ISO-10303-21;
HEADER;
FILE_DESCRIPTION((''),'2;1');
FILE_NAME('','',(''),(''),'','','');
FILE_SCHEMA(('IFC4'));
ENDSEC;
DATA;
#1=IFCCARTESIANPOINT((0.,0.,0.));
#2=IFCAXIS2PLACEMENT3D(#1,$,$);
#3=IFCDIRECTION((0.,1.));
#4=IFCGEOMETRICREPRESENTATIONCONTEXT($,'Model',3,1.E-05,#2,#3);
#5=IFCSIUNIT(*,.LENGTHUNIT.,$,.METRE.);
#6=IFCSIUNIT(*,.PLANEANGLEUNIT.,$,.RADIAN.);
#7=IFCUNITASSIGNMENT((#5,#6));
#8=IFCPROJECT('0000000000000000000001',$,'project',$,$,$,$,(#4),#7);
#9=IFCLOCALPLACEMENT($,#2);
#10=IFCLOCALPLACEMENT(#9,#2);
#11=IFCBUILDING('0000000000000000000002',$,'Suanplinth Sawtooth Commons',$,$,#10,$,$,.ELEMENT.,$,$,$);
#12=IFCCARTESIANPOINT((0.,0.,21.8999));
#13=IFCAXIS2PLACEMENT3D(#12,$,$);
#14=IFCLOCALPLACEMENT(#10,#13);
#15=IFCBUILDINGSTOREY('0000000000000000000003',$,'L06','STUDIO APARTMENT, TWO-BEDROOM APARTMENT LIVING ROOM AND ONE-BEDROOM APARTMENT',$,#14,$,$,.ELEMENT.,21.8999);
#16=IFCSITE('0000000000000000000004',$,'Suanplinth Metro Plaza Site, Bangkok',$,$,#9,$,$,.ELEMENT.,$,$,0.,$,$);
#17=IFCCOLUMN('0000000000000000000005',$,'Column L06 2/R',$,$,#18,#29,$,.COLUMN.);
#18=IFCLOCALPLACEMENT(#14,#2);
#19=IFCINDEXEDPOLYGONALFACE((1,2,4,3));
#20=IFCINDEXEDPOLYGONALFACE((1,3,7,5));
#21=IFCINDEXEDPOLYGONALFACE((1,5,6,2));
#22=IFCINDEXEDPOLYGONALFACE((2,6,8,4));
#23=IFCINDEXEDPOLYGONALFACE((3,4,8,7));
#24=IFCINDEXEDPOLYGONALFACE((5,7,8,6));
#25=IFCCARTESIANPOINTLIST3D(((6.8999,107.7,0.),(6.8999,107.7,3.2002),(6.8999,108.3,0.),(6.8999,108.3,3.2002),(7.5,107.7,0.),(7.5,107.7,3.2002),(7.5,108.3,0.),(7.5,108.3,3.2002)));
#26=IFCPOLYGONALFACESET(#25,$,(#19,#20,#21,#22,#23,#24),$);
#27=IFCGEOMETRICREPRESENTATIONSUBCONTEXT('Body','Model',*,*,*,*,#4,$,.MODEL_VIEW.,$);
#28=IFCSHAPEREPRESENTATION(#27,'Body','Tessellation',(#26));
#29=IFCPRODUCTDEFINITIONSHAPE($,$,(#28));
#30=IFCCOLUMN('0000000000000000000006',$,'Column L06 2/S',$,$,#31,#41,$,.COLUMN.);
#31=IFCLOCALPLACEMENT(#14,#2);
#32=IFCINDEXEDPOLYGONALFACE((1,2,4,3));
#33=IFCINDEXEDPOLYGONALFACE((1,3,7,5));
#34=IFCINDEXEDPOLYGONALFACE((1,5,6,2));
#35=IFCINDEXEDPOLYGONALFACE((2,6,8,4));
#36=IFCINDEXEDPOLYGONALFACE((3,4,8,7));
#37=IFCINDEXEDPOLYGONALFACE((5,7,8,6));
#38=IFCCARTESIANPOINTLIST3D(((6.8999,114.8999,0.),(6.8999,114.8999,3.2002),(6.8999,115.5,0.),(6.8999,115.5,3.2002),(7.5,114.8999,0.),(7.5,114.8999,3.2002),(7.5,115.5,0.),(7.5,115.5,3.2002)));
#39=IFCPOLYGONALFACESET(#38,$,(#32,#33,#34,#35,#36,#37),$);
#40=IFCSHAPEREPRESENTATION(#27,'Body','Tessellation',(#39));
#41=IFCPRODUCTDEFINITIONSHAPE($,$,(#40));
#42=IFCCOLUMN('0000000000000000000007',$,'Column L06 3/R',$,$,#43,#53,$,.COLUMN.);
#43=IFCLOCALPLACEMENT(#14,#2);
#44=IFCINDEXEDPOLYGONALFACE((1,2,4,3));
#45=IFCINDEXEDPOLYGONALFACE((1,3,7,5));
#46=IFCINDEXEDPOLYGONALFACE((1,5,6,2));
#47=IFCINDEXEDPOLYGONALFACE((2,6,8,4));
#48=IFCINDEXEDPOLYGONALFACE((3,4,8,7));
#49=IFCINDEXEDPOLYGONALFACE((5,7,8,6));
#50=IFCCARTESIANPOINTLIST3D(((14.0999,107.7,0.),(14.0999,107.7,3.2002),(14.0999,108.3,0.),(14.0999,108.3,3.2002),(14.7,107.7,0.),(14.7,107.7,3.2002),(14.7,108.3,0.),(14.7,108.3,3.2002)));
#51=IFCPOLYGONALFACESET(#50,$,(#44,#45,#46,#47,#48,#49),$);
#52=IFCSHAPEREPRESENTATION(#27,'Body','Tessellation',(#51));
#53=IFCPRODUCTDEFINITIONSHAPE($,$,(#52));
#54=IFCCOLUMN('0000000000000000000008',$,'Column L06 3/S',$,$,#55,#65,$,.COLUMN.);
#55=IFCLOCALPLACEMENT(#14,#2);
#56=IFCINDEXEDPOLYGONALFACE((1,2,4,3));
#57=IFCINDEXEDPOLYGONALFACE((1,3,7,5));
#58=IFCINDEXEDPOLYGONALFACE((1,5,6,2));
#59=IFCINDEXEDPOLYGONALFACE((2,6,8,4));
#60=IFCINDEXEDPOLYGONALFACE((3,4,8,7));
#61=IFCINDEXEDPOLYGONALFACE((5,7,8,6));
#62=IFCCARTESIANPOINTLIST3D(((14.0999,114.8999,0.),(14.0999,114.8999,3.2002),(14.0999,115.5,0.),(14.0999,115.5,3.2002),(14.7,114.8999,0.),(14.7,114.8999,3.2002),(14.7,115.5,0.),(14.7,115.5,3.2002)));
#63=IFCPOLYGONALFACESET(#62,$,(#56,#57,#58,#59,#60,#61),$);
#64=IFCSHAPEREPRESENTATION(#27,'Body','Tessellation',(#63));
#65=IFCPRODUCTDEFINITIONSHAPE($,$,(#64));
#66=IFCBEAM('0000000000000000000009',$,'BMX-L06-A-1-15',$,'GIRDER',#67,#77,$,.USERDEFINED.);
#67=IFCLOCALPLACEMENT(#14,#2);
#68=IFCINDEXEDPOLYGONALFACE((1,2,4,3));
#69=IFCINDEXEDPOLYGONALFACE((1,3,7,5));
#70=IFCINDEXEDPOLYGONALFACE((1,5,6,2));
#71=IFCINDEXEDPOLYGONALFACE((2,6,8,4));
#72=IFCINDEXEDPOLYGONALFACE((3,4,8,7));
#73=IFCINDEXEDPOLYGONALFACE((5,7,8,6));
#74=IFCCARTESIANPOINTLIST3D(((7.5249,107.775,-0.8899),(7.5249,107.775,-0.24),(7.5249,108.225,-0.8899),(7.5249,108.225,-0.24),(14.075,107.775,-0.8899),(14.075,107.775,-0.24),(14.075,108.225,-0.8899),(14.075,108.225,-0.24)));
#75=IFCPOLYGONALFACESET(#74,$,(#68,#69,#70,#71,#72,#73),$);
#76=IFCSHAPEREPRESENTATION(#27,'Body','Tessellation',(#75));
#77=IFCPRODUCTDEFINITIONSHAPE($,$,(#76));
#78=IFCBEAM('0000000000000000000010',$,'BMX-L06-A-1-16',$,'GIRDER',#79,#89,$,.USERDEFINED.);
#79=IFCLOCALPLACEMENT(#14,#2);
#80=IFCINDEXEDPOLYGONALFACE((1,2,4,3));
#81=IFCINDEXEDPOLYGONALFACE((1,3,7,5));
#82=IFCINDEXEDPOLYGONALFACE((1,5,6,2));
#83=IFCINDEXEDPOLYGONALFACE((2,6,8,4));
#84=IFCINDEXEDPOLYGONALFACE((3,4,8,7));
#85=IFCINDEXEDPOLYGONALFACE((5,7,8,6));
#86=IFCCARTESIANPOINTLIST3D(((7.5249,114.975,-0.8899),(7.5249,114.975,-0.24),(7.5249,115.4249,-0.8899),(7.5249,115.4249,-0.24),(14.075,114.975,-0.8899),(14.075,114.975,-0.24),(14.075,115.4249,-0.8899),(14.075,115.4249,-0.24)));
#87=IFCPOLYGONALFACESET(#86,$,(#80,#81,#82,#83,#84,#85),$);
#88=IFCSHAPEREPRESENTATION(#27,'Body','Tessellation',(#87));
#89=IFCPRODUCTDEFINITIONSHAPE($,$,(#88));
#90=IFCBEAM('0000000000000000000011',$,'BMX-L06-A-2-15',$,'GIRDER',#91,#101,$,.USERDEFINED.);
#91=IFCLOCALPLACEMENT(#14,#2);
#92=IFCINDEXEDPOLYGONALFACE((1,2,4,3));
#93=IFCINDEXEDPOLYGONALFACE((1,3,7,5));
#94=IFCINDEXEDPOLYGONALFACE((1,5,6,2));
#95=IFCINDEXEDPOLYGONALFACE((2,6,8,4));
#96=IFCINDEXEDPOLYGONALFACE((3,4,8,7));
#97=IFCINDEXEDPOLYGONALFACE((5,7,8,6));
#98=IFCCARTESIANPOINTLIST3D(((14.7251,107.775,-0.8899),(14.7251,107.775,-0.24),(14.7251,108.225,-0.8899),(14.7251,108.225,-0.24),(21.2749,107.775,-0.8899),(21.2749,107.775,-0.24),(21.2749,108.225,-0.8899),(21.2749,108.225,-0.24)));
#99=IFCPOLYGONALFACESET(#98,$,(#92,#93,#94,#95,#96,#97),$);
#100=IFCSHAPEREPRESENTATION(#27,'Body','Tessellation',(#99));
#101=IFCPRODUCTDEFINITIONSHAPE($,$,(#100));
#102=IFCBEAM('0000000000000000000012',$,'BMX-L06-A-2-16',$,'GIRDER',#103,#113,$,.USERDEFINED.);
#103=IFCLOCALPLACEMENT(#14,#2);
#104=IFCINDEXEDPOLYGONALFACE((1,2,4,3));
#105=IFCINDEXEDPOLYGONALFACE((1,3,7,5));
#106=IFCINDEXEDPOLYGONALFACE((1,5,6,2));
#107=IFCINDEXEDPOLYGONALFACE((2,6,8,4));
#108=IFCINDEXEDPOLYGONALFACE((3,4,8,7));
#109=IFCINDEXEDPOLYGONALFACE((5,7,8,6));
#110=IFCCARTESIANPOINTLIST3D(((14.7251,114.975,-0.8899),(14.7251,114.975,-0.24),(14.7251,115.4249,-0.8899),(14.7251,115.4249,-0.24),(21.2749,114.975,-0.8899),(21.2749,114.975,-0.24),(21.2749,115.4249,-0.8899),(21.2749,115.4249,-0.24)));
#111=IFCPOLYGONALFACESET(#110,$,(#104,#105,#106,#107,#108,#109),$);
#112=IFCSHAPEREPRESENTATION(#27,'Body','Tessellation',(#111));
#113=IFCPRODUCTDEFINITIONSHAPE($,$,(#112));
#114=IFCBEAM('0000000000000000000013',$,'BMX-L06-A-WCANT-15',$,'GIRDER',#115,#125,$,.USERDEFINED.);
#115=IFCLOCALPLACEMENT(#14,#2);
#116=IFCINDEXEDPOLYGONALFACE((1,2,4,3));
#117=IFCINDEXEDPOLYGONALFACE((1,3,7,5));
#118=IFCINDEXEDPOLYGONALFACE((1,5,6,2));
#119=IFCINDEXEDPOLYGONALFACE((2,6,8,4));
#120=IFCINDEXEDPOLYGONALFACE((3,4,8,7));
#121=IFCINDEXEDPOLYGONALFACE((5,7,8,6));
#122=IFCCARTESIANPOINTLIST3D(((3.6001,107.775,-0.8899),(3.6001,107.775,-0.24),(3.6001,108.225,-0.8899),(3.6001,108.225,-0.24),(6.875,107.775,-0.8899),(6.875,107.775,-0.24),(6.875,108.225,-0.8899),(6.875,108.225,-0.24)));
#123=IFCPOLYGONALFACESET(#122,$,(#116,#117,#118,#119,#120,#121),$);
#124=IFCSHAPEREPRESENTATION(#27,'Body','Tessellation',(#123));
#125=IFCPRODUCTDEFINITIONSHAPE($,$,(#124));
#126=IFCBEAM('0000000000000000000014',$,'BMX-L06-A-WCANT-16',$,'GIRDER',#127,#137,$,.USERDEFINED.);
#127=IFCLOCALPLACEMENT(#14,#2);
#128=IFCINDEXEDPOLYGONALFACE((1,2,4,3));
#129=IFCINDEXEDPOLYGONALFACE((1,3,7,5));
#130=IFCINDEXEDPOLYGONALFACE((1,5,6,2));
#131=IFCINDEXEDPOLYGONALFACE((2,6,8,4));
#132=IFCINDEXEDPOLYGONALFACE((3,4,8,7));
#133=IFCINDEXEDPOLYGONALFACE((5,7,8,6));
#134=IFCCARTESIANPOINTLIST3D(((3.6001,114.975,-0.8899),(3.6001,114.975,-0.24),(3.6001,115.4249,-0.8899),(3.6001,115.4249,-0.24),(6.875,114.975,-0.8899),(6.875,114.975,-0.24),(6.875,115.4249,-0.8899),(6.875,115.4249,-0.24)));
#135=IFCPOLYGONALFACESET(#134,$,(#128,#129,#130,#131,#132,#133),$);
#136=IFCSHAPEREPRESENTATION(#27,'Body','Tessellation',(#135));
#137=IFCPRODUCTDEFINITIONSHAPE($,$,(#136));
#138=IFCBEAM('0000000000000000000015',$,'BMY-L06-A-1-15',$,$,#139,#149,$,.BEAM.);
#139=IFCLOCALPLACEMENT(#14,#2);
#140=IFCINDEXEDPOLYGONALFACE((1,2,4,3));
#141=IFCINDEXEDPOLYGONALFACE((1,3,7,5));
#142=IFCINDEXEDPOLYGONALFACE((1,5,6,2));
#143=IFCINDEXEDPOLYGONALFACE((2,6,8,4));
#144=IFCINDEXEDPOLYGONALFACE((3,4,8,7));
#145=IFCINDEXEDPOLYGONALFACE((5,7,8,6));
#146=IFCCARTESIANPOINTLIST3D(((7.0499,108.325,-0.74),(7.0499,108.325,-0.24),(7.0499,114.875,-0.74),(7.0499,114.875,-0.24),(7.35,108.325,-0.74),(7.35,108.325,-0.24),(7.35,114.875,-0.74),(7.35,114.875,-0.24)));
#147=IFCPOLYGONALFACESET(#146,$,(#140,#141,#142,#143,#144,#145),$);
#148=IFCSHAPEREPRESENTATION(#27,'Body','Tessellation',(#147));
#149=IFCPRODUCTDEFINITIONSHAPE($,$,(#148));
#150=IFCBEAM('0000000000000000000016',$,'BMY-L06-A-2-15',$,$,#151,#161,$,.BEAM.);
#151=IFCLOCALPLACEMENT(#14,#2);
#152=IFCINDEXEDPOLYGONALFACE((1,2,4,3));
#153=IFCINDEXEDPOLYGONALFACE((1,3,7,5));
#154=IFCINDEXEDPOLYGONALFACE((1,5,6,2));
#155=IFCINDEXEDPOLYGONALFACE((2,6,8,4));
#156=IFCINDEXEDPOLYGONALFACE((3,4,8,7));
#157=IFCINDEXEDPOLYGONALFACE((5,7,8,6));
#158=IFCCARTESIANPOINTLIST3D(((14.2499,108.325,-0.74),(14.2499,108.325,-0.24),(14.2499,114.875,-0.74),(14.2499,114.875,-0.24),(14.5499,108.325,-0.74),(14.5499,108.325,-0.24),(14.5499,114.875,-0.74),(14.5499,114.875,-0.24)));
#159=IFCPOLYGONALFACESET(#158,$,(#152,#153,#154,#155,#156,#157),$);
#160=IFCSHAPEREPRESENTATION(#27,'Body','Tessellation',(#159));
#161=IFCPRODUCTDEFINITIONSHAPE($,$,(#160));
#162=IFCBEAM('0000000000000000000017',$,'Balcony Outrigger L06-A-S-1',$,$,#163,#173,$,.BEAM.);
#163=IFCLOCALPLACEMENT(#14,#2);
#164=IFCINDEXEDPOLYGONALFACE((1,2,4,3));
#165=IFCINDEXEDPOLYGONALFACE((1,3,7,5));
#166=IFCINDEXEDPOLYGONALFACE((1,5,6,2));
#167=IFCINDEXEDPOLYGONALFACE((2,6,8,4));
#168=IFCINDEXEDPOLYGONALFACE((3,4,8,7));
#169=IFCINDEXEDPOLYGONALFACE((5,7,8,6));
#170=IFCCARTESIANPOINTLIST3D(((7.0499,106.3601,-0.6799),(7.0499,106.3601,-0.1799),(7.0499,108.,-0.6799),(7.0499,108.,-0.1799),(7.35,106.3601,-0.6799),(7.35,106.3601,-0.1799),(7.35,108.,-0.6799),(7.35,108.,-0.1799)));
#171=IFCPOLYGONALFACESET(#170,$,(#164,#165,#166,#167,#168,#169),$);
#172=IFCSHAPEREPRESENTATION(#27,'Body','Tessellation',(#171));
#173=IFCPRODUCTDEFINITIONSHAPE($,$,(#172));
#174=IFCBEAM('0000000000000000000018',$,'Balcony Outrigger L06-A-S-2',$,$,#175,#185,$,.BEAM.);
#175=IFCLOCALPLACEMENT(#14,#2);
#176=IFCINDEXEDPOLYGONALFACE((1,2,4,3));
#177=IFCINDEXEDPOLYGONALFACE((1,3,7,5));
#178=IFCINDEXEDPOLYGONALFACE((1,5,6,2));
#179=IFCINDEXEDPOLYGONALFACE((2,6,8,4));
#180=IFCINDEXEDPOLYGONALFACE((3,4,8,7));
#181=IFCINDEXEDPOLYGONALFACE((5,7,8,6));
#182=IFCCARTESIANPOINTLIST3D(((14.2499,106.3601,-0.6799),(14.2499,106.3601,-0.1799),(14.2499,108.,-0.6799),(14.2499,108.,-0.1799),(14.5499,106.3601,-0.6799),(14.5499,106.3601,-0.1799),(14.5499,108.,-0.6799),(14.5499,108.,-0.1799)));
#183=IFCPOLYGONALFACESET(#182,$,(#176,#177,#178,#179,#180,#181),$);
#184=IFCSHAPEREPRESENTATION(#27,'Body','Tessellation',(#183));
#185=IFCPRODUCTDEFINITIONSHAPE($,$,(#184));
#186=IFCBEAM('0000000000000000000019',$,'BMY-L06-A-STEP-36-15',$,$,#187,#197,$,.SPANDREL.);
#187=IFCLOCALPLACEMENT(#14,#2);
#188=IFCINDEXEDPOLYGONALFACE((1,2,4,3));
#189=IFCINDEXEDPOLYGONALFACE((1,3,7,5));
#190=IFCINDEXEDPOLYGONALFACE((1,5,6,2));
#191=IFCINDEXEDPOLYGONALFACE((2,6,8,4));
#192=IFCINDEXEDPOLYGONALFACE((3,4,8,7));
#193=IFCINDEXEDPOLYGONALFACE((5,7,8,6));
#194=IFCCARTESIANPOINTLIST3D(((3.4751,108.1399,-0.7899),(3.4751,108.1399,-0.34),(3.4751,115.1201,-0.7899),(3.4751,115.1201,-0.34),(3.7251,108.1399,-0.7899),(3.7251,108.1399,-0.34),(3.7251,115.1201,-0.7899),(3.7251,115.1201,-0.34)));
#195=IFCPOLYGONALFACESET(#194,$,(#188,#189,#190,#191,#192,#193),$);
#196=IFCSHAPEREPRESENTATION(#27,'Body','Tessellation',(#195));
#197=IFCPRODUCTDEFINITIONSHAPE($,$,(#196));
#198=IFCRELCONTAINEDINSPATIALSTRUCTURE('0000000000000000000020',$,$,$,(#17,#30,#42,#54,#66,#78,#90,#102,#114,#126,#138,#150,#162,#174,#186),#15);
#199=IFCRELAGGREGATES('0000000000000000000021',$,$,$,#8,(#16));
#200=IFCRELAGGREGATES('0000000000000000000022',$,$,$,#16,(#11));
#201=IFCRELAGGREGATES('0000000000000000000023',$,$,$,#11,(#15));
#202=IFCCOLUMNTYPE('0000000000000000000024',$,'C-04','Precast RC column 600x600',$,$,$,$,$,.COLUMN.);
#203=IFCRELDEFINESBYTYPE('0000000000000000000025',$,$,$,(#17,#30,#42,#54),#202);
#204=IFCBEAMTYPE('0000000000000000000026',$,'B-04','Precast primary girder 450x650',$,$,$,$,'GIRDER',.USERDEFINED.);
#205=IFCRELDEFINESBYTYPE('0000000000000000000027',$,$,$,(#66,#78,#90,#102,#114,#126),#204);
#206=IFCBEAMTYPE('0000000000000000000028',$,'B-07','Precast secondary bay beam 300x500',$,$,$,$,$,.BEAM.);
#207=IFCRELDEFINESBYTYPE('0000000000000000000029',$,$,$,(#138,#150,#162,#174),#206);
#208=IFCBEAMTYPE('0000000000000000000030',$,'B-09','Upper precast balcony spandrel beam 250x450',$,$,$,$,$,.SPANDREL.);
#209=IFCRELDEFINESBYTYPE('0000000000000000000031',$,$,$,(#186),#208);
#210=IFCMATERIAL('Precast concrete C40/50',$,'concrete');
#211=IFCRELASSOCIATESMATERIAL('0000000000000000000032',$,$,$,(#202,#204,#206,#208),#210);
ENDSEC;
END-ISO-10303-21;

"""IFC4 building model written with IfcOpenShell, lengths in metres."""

from ifc_helpers import new_model, si_unit, direction, frame, origin, origin_2d, place, context, subcontext, project, spatial, rectangle, extrude, material, material_profile, profile_set, type_object, element, save


model = new_model("IFC4")

# Units and contexts
model_context = context("Model", 3, precision=1e-05, world=origin(), true_north=direction((0.0, 1.0)))
body_context = subcontext(model_context, "Body", "Model", "MODEL_VIEW")
ifc_project = project(units=[si_unit("LENGTHUNIT", "METRE"), si_unit("PLANEANGLEUNIT", "RADIAN")], contexts=[model_context])

# Site, building, storey
site_placement = place(None, origin())
site = spatial("IfcSite", under=ifc_project, at=site_placement, Name="Suanplinth Metro Plaza Site, Bangkok", CompositionType="ELEMENT", RefElevation=0.0)
building_placement = place(site_placement, origin())
building = spatial("IfcBuilding", under=site, at=building_placement, Name="Suanplinth Sawtooth Commons", CompositionType="ELEMENT")
storey_placement = place(building_placement, frame((0.0, 0.0, 21.8999)))
storey = spatial("IfcBuildingStorey", under=building, at=storey_placement, Name="L06", Description="STUDIO APARTMENT, TWO-BEDROOM APARTMENT LIVING ROOM AND ONE-BEDROOM APARTMENT", CompositionType="ELEMENT", Elevation=21.8999)

# Columns
ifc_material_1 = material(Name="Precast concrete C40/50", Category="concrete")
ifc_material_profile_1 = material_profile(ifc_material_1, rectangle(XDim=0.6001, YDim=0.6001, at=origin_2d()), Name="PC-COL 600x600")
ifc_profile_set_1 = profile_set([ifc_material_profile_1], Name="Precast concrete C40/50")
column_type = type_object("IfcColumnType", Name="C-04", Description="Precast RC column 600x600", PredefinedType="COLUMN", material=ifc_profile_set_1)
for number, where, z_axis, x_axis, name in (
    (1, (7.2, 108.0, 0.0), (0.0, 0.0, 1.0), (1.0, 0.0, 0.0), "Column L06 2/R"),
    (2, (7.2, 115.2, 0.0), (0.0, 0.0, 1.0), (1.0, 0.0, 0.0), "Column L06 2/S"),
    (3, (14.3999, 108.0, 0.0), (0.0, 0.0, 1.0), (1.0, 0.0, 0.0), "Column L06 3/R"),
    (4, (14.3999, 115.2, 0.0), (0.0, 0.0, 1.0), (1.0, 0.0, 0.0), "Column L06 3/S"),
):
    element("IfcColumn", number, at=place(storey_placement, frame(where, z_axis=z_axis, x_axis=x_axis)), inside=storey, type_object=column_type, Name=name, PredefinedType="COLUMN", context=body_context, shape_type="SweptSolid", body=[
        extrude(rectangle(XDim=0.6001, YDim=0.6001, at=origin_2d()), origin(), (0.0, 0.0, 1.0), 3.2002),
    ])

# Beams
ifc_material_profile_2 = material_profile(ifc_material_1, rectangle(XDim=0.45, YDim=0.6499, at=origin_2d()), Name="PC-GDR 450x650")
ifc_profile_set_2 = profile_set([ifc_material_profile_2], Name="Precast concrete C40/50")
beam_type_1 = type_object("IfcBeamType", Name="B-04", Description="Precast primary girder 450x650", ElementType="GIRDER", PredefinedType="USERDEFINED", material=ifc_profile_set_2)
for number, where, z_axis, x_axis, name in (
    (5, (7.5249, 108.0, -0.5649), (1.0, 0.0, 0.0), (0.0, 1.0, 0.0), "BMX-L06-A-1-15"),
    (6, (7.5249, 115.2, -0.5649), (1.0, 0.0, 0.0), (0.0, 1.0, 0.0), "BMX-L06-A-1-16"),
):
    element("IfcBeam", number, at=place(storey_placement, frame(where, z_axis=z_axis, x_axis=x_axis)), inside=storey, type_object=beam_type_1, Name=name, ObjectType="GIRDER", PredefinedType="USERDEFINED", context=body_context, shape_type="SweptSolid", body=[
        extrude(rectangle(XDim=0.45, YDim=0.6499, at=origin_2d()), origin(), (0.0, 0.0, 1.0), 6.55),
    ])
for number, where, z_axis, x_axis, name in (
    (7, (14.7251, 108.0, -0.5649), (1.0, 0.0, 0.0), (0.0, 1.0, 0.0), "BMX-L06-A-2-15"),
    (8, (14.7251, 115.2, -0.5649), (1.0, 0.0, 0.0), (0.0, 1.0, 0.0), "BMX-L06-A-2-16"),
):
    element("IfcBeam", number, at=place(storey_placement, frame(where, z_axis=z_axis, x_axis=x_axis)), inside=storey, type_object=beam_type_1, Name=name, ObjectType="GIRDER", PredefinedType="USERDEFINED", context=body_context, shape_type="SweptSolid", body=[
        extrude(rectangle(XDim=0.45, YDim=0.6499, at=origin_2d()), origin(), (0.0, 0.0, 1.0), 6.5498),
    ])
for number, where, z_axis, x_axis, name in (
    (9, (6.875, 108.0, -0.5649), (-1.0, 0.0, 0.0), (0.0, -1.0, 0.0), "BMX-L06-A-WCANT-15"),
    (10, (6.875, 115.2, -0.5649), (-1.0, 0.0, 0.0), (0.0, -1.0, 0.0), "BMX-L06-A-WCANT-16"),
):
    element("IfcBeam", number, at=place(storey_placement, frame(where, z_axis=z_axis, x_axis=x_axis)), inside=storey, type_object=beam_type_1, Name=name, ObjectType="GIRDER", PredefinedType="USERDEFINED", context=body_context, shape_type="SweptSolid", body=[
        extrude(rectangle(XDim=0.45, YDim=0.6499, at=origin_2d()), origin(), (0.0, 0.0, 1.0), 3.2749),
    ])
ifc_material_profile_3 = material_profile(ifc_material_1, rectangle(XDim=0.3, YDim=0.5, at=origin_2d()), Name="PC-BM 300x500")
ifc_profile_set_3 = profile_set([ifc_material_profile_3], Name="Precast concrete C40/50")
beam_type_2 = type_object("IfcBeamType", Name="B-07", Description="Precast secondary bay beam 300x500", PredefinedType="BEAM", material=ifc_profile_set_3)
for number, where, z_axis, x_axis, name in (
    (11, (7.2, 108.325, -0.49), (0.0, 1.0, 0.0), (-1.0, 0.0, 0.0), "BMY-L06-A-1-15"),
    (12, (14.3999, 108.325, -0.49), (0.0, 1.0, 0.0), (-1.0, 0.0, 0.0), "BMY-L06-A-2-15"),
):
    element("IfcBeam", number, at=place(storey_placement, frame(where, z_axis=z_axis, x_axis=x_axis)), inside=storey, type_object=beam_type_2, Name=name, PredefinedType="BEAM", context=body_context, shape_type="SweptSolid", body=[
        extrude(rectangle(XDim=0.3, YDim=0.5, at=origin_2d()), origin(), (0.0, 0.0, 1.0), 6.55),
    ])
for number, where, z_axis, x_axis, name in (
    (13, (7.2, 108.0, -0.4299), (0.0, -1.0, 0.0), (1.0, 0.0, 0.0), "Balcony Outrigger L06-A-S-1"),
    (14, (14.3999, 108.0, -0.4299), (0.0, -1.0, 0.0), (1.0, 0.0, 0.0), "Balcony Outrigger L06-A-S-2"),
):
    element("IfcBeam", number, at=place(storey_placement, frame(where, z_axis=z_axis, x_axis=x_axis)), inside=storey, type_object=beam_type_2, Name=name, PredefinedType="BEAM", context=body_context, shape_type="SweptSolid", body=[
        extrude(rectangle(XDim=0.3, YDim=0.5, at=origin_2d()), origin(), (0.0, 0.0, 1.0), 1.6399),
    ])
ifc_material_profile_4 = material_profile(ifc_material_1, rectangle(XDim=0.25, YDim=0.45, at=origin_2d()), Name="PC-SP 250x450")
ifc_profile_set_4 = profile_set([ifc_material_profile_4], Name="Precast concrete C40/50")
beam_type_3 = type_object("IfcBeamType", Name="B-09", Description="Upper precast balcony spandrel beam 250x450", PredefinedType="SPANDREL", material=ifc_profile_set_4)
beam_placement = place(storey_placement, frame((3.6001, 108.1399, -0.5649), z_axis=(0.0, 1.0, 0.0), x_axis=(-1.0, 0.0, 0.0)))
element("IfcBeam", 15, at=beam_placement, inside=storey, type_object=beam_type_3, Name="BMY-L06-A-STEP-36-15", PredefinedType="SPANDREL", context=body_context, shape_type="SweptSolid", body=[
    extrude(rectangle(XDim=0.25, YDim=0.45, at=origin_2d()), origin(), (0.0, 0.0, 1.0), 6.9802),
])

save(model, "model.ifc")
